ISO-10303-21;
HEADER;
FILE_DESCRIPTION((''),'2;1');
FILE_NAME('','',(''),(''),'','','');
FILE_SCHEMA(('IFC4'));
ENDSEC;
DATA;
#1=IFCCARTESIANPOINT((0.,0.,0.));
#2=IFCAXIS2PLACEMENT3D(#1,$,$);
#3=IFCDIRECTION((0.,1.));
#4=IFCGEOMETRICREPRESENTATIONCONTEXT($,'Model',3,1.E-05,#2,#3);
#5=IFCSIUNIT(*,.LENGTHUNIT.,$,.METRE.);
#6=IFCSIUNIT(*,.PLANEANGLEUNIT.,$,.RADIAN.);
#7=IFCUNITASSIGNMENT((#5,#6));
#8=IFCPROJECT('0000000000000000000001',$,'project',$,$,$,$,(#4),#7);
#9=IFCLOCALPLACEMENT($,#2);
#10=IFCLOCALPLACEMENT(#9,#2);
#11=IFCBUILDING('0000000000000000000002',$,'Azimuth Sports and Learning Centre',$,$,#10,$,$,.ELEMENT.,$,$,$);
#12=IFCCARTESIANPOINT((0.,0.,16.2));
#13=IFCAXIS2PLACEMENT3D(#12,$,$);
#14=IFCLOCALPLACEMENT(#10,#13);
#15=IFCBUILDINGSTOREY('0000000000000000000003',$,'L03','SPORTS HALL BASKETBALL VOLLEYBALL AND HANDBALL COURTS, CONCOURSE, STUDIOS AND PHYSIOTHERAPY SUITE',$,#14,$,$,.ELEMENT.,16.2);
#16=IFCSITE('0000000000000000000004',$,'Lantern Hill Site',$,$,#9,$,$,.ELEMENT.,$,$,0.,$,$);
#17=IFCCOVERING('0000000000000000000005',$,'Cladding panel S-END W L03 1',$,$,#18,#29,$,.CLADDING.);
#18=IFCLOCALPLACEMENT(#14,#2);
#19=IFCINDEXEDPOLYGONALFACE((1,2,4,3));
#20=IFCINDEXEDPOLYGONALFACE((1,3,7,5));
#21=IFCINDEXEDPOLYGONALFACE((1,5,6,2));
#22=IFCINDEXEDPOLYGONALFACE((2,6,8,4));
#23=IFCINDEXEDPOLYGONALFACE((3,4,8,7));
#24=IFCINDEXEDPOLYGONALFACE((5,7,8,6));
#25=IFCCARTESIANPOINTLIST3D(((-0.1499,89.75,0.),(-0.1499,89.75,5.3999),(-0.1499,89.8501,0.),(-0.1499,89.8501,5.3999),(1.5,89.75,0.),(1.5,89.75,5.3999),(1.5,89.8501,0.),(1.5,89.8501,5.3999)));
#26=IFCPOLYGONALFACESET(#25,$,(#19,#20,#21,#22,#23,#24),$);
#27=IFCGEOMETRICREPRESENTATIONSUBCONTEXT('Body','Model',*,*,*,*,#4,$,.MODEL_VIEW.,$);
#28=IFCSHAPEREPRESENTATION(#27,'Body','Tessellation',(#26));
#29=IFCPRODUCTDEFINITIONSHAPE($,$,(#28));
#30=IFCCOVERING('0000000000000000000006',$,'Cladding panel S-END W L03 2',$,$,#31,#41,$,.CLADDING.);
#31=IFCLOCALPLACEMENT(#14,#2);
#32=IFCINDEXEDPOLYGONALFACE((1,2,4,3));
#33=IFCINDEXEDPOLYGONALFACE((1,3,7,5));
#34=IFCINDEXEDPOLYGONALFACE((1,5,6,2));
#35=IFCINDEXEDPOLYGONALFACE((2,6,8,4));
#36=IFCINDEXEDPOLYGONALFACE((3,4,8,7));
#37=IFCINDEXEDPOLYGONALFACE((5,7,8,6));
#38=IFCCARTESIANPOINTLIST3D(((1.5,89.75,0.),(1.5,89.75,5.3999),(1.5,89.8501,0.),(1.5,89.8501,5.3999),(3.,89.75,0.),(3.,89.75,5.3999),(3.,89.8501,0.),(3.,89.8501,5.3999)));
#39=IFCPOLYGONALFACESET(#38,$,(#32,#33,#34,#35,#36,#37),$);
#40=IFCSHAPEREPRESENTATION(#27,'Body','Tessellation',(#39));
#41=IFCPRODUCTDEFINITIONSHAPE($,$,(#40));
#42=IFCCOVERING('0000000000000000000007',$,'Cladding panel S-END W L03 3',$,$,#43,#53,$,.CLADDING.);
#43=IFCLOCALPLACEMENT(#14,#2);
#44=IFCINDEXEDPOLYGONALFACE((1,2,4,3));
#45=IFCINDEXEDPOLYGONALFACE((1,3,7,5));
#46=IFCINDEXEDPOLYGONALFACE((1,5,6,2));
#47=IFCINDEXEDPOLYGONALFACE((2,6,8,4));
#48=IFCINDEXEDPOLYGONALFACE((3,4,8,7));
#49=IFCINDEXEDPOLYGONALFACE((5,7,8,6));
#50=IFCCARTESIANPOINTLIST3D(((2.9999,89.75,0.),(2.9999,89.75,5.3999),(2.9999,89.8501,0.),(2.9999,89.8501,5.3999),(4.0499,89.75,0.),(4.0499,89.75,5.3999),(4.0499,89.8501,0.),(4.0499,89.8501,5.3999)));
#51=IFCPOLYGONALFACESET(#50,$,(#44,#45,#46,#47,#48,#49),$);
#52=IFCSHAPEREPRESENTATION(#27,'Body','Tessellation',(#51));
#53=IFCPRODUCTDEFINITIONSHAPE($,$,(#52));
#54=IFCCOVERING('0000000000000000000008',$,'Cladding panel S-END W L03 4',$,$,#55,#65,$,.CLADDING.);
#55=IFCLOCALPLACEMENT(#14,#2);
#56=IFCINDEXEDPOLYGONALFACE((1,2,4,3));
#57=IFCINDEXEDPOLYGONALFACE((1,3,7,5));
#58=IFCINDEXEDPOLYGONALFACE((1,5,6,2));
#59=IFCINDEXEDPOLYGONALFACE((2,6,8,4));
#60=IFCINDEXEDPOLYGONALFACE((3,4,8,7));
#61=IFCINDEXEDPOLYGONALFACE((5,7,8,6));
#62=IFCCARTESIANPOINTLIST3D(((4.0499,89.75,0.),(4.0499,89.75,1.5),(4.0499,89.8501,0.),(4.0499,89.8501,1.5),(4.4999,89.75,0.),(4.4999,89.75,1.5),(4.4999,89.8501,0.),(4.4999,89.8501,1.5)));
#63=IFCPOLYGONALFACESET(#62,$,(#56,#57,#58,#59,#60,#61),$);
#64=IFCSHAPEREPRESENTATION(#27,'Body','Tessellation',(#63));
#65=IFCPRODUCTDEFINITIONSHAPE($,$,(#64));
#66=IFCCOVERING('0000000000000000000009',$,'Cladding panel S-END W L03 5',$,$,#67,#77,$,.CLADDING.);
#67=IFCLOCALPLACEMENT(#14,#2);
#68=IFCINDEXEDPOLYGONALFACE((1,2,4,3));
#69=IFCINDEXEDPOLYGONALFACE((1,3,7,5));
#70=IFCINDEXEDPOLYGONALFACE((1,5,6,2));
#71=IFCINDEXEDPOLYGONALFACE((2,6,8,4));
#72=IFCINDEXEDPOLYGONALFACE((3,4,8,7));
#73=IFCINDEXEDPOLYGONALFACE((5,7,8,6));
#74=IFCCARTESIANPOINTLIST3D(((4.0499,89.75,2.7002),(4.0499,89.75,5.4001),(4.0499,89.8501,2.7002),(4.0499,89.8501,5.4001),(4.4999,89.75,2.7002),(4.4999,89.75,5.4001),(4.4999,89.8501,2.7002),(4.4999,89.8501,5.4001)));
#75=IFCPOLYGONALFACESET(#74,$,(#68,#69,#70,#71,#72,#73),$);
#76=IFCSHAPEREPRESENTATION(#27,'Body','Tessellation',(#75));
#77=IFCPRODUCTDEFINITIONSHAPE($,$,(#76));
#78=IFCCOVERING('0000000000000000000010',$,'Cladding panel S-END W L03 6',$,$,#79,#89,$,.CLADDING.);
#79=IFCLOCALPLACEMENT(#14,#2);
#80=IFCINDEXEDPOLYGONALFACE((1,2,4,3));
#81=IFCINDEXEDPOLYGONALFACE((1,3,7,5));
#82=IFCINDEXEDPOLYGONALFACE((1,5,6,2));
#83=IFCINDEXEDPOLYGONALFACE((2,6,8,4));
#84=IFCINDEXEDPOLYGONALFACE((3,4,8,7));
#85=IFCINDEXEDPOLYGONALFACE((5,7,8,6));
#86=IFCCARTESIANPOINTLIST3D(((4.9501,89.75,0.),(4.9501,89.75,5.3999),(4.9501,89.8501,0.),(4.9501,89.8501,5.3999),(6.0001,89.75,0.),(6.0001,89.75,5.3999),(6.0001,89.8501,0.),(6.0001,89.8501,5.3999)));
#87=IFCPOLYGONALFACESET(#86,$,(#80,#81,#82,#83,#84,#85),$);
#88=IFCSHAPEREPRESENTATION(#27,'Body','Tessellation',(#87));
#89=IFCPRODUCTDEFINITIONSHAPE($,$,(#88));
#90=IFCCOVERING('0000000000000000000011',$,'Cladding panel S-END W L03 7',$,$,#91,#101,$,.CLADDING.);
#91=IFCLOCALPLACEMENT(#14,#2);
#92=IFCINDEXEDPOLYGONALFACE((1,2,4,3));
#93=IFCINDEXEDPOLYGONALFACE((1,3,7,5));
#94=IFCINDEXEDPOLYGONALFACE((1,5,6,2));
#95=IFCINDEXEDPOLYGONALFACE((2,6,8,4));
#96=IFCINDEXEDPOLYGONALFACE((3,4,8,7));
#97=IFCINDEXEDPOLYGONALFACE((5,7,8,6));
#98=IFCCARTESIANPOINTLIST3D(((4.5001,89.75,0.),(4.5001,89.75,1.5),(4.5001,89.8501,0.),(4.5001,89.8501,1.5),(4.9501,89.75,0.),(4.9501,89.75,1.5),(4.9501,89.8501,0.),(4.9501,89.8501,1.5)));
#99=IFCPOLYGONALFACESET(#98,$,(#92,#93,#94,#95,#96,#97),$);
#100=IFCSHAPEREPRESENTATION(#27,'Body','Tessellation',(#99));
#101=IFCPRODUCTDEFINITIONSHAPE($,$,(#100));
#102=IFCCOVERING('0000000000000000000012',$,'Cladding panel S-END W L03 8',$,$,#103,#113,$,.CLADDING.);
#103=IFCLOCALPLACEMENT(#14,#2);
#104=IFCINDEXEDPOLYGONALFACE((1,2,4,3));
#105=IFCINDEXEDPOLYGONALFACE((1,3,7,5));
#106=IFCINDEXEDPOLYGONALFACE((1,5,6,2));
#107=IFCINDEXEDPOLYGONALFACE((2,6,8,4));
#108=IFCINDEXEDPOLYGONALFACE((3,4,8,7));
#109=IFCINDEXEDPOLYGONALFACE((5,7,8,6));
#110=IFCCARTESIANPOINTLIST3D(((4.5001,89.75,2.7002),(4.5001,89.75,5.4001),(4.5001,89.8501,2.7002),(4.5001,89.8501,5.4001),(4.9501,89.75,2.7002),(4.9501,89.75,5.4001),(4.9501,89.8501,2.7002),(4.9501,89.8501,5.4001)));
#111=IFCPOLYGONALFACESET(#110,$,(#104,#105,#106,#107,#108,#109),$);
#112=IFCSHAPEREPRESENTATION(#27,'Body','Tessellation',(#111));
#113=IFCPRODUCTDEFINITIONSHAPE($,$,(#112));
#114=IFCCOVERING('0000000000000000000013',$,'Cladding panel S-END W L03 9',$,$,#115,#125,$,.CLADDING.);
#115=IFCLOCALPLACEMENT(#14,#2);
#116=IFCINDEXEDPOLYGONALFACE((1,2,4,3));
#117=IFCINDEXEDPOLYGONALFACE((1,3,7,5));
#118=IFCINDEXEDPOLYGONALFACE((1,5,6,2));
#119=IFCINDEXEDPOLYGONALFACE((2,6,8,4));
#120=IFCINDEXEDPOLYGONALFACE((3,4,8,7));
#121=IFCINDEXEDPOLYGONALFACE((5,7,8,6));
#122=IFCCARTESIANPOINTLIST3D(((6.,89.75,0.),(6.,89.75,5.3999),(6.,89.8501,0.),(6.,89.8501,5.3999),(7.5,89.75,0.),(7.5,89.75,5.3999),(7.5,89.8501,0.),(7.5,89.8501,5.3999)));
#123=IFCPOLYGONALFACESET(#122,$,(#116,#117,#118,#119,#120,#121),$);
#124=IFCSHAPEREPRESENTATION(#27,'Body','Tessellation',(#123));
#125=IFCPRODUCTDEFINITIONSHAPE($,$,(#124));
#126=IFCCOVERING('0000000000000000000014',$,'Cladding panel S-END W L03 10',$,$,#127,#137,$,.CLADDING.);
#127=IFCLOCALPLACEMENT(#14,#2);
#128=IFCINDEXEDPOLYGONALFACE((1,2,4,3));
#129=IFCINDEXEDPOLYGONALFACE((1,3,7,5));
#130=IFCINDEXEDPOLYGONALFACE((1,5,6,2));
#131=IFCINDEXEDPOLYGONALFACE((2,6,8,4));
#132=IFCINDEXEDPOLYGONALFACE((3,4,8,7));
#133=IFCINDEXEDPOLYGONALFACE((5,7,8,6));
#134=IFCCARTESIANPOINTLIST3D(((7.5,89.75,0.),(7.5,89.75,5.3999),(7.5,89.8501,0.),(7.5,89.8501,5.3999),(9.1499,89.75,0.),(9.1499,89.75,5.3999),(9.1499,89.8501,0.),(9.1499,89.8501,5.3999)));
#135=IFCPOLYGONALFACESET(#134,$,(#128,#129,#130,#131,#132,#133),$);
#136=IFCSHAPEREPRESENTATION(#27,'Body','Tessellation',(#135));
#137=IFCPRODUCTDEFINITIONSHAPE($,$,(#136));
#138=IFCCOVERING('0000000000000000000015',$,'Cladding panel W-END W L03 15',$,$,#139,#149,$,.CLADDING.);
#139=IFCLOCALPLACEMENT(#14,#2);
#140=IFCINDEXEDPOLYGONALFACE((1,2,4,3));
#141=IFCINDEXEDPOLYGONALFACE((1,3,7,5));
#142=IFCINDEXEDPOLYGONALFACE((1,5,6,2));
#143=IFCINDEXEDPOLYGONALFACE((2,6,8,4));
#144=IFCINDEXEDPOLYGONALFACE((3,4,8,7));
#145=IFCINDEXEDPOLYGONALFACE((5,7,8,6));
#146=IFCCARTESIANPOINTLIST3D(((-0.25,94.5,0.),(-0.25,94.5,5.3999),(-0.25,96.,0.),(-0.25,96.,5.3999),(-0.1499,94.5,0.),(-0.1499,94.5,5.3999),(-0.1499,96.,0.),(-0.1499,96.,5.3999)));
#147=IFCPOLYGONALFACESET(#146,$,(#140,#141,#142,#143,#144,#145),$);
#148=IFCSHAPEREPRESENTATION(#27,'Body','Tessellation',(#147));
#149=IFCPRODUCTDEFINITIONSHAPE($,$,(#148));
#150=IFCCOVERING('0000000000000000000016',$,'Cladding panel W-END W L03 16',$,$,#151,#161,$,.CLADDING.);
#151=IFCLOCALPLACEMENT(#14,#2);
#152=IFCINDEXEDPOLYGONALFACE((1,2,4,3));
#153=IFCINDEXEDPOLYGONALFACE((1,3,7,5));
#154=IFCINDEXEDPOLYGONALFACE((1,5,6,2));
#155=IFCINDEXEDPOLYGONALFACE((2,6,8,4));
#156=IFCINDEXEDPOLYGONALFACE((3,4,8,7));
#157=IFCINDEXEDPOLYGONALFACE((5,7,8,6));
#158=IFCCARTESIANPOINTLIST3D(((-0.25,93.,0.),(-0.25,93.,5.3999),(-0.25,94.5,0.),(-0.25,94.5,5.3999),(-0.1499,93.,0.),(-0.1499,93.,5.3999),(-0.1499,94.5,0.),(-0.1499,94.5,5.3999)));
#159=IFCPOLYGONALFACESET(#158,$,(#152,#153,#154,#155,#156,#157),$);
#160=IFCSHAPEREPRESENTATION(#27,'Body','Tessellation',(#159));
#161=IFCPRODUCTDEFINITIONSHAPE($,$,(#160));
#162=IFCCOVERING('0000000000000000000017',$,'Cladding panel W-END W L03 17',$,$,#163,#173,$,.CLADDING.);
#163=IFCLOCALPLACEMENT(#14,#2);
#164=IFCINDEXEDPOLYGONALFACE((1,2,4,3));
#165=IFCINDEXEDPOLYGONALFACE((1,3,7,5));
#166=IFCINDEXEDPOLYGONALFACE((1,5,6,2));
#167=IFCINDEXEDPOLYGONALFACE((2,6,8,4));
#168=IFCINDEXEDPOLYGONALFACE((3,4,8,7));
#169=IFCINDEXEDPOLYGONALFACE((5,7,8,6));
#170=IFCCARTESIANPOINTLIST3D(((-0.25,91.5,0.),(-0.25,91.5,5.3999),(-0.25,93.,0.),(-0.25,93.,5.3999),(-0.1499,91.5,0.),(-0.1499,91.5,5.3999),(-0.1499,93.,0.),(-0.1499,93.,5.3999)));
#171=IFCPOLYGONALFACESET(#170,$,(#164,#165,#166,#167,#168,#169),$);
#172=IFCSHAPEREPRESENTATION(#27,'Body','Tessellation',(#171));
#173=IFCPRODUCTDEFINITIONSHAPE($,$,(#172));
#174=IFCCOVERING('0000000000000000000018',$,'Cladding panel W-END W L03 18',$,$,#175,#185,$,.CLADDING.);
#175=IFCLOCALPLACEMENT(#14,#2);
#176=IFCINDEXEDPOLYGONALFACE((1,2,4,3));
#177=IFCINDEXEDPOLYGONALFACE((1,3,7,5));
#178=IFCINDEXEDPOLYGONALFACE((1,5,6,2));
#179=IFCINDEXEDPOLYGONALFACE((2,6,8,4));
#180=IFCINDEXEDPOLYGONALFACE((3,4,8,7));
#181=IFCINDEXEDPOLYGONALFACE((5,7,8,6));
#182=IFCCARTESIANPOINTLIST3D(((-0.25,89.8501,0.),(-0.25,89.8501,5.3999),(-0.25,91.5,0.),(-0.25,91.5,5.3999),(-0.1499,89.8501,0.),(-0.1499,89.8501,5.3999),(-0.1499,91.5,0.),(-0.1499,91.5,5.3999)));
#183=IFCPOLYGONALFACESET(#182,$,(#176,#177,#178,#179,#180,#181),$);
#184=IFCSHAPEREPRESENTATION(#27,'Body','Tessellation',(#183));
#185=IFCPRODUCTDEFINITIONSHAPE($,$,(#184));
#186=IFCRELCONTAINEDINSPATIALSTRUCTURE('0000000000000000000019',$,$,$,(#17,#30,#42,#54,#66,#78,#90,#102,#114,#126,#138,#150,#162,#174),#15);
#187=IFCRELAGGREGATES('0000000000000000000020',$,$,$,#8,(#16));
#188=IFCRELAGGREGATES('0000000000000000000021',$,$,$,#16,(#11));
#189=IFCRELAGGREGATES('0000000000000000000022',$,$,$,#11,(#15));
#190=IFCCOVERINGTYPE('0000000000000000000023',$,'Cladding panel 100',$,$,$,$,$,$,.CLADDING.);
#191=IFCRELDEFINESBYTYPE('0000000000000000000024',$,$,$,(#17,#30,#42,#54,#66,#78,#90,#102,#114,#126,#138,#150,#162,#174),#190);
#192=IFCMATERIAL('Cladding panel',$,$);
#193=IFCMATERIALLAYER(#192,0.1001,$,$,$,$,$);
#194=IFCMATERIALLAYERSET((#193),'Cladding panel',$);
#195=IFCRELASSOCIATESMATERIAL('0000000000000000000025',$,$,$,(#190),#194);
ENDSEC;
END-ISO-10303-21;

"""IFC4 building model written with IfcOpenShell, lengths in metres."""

from ifc_helpers import new_model, si_unit, direction, frame, origin, origin_2d, place, context, subcontext, project, spatial, rectangle, extrude, material, layer, layer_set, type_object, element, save


model = new_model("IFC4")

# Units and contexts
model_context = context("Model", 3, precision=1e-05, world=origin(), true_north=direction((0.0, 1.0)))
body_context = subcontext(model_context, "Body", "Model", "MODEL_VIEW")
ifc_project = project(units=[si_unit("LENGTHUNIT", "METRE"), si_unit("PLANEANGLEUNIT", "RADIAN")], contexts=[model_context])

# Site, building, storey
site_placement = place(None, origin())
site = spatial("IfcSite", under=ifc_project, at=site_placement, Name="Lantern Hill Site", CompositionType="ELEMENT", RefElevation=0.0)
building_placement = place(site_placement, origin())
building = spatial("IfcBuilding", under=site, at=building_placement, Name="Azimuth Sports and Learning Centre", CompositionType="ELEMENT")
storey_placement = place(building_placement, frame((0.0, 0.0, 16.2)))
storey = spatial("IfcBuildingStorey", under=building, at=storey_placement, Name="L03", Description="SPORTS HALL BASKETBALL VOLLEYBALL AND HANDBALL COURTS, CONCOURSE, STUDIOS AND PHYSIOTHERAPY SUITE", CompositionType="ELEMENT", Elevation=16.2)

# Coverings
ifc_material_1 = material(Name="Cladding panel")
ifc_layer_1 = layer(ifc_material_1, 0.1001)
ifc_layer_set_1 = layer_set([ifc_layer_1], Name="Cladding panel")
covering_type = type_object("IfcCoveringType", Name="Cladding panel 100", PredefinedType="CLADDING", material=ifc_layer_set_1)
covering_1_placement = place(storey_placement, frame((0.675, 89.8, 0.0), z_axis=(0.0, 0.0, 1.0), x_axis=(1.0, 0.0, 0.0)))
element("IfcCovering", 1, at=covering_1_placement, inside=storey, type_object=covering_type, Name="Cladding panel S-END W L03 1", PredefinedType="CLADDING", context=body_context, shape_type="SweptSolid", body=[
    extrude(rectangle(XDim=1.6499, YDim=0.1001, at=origin_2d()), origin(), (0.0, 0.0, 1.0), 5.3999),
])
covering_2_placement = place(storey_placement, frame((2.25, 89.8, 0.0), z_axis=(0.0, 0.0, 1.0), x_axis=(1.0, 0.0, 0.0)))
element("IfcCovering", 2, at=covering_2_placement, inside=storey, type_object=covering_type, Name="Cladding panel S-END W L03 2", PredefinedType="CLADDING", context=body_context, shape_type="SweptSolid", body=[
    extrude(rectangle(XDim=1.5, YDim=0.1001, at=origin_2d()), origin(), (0.0, 0.0, 1.0), 5.3999),
])
covering_3_placement = place(storey_placement, frame((3.5249, 89.8, 0.0), z_axis=(0.0, 0.0, 1.0), x_axis=(1.0, 0.0, 0.0)))
element("IfcCovering", 3, at=covering_3_placement, inside=storey, type_object=covering_type, Name="Cladding panel S-END W L03 3", PredefinedType="CLADDING", context=body_context, shape_type="SweptSolid", body=[
    extrude(rectangle(XDim=1.05, YDim=0.1001, at=origin_2d()), origin(), (0.0, 0.0, 1.0), 5.3999),
])
covering_4_placement = place(storey_placement, frame((4.2749, 89.8, 0.0), z_axis=(0.0, 0.0, 1.0), x_axis=(1.0, 0.0, 0.0)))
element("IfcCovering", 4, at=covering_4_placement, inside=storey, type_object=covering_type, Name="Cladding panel S-END W L03 4", PredefinedType="CLADDING", context=body_context, shape_type="SweptSolid", body=[
    extrude(rectangle(XDim=0.45, YDim=0.1001, at=origin_2d()), origin(), (0.0, 0.0, 1.0), 1.5),
])
covering_5_placement = place(storey_placement, frame((4.2749, 89.8, 2.7002), z_axis=(0.0, 0.0, 1.0), x_axis=(1.0, 0.0, 0.0)))
element("IfcCovering", 5, at=covering_5_placement, inside=storey, type_object=covering_type, Name="Cladding panel S-END W L03 5", PredefinedType="CLADDING", context=body_context, shape_type="SweptSolid", body=[
    extrude(rectangle(XDim=0.45, YDim=0.1001, at=origin_2d()), origin(), (0.0, 0.0, 1.0), 2.7),
])
covering_6_placement = place(storey_placement, frame((5.4751, 89.8, 0.0), z_axis=(0.0, 0.0, 1.0), x_axis=(1.0, 0.0, 0.0)))
element("IfcCovering", 6, at=covering_6_placement, inside=storey, type_object=covering_type, Name="Cladding panel S-END W L03 6", PredefinedType="CLADDING", context=body_context, shape_type="SweptSolid", body=[
    extrude(rectangle(XDim=1.05, YDim=0.1001, at=origin_2d()), origin(), (0.0, 0.0, 1.0), 5.3999),
])
covering_7_placement = place(storey_placement, frame((4.7251, 89.8, 0.0), z_axis=(0.0, 0.0, 1.0), x_axis=(1.0, 0.0, 0.0)))
element("IfcCovering", 7, at=covering_7_placement, inside=storey, type_object=covering_type, Name="Cladding panel S-END W L03 7", PredefinedType="CLADDING", context=body_context, shape_type="SweptSolid", body=[
    extrude(rectangle(XDim=0.45, YDim=0.1001, at=origin_2d()), origin(), (0.0, 0.0, 1.0), 1.5),
])
covering_8_placement = place(storey_placement, frame((4.7251, 89.8, 2.7002), z_axis=(0.0, 0.0, 1.0), x_axis=(1.0, 0.0, 0.0)))
element("IfcCovering", 8, at=covering_8_placement, inside=storey, type_object=covering_type, Name="Cladding panel S-END W L03 8", PredefinedType="CLADDING", context=body_context, shape_type="SweptSolid", body=[
    extrude(rectangle(XDim=0.45, YDim=0.1001, at=origin_2d()), origin(), (0.0, 0.0, 1.0), 2.7),
])
covering_9_placement = place(storey_placement, frame((6.75, 89.8, 0.0), z_axis=(0.0, 0.0, 1.0), x_axis=(1.0, 0.0, 0.0)))
element("IfcCovering", 9, at=covering_9_placement, inside=storey, type_object=covering_type, Name="Cladding panel S-END W L03 9", PredefinedType="CLADDING", context=body_context, shape_type="SweptSolid", body=[
    extrude(rectangle(XDim=1.5, YDim=0.1001, at=origin_2d()), origin(), (0.0, 0.0, 1.0), 5.3999),
])
covering_10_placement = place(storey_placement, frame((8.325, 89.8, 0.0), z_axis=(0.0, 0.0, 1.0), x_axis=(1.0, 0.0, 0.0)))
element("IfcCovering", 10, at=covering_10_placement, inside=storey, type_object=covering_type, Name="Cladding panel S-END W L03 10", PredefinedType="CLADDING", context=body_context, shape_type="SweptSolid", body=[
    extrude(rectangle(XDim=1.6499, YDim=0.1001, at=origin_2d()), origin(), (0.0, 0.0, 1.0), 5.3999),
])
for number, where, z_axis, x_axis, name in (
    (11, (-0.2, 95.25, 0.0), (0.0, 0.0, 1.0), (0.0, -1.0, 0.0), "Cladding panel W-END W L03 15"),
    (12, (-0.2, 93.75, 0.0), (0.0, 0.0, 1.0), (0.0, -1.0, 0.0), "Cladding panel W-END W L03 16"),
    (13, (-0.2, 92.25, 0.0), (0.0, 0.0, 1.0), (0.0, -1.0, 0.0), "Cladding panel W-END W L03 17"),
):
    element("IfcCovering", number, at=place(storey_placement, frame(where, z_axis=z_axis, x_axis=x_axis)), inside=storey, type_object=covering_type, Name=name, PredefinedType="CLADDING", context=body_context, shape_type="SweptSolid", body=[
        extrude(rectangle(XDim=1.5, YDim=0.1001, at=origin_2d()), origin(), (0.0, 0.0, 1.0), 5.3999),
    ])
covering_11_placement = place(storey_placement, frame((-0.2, 90.675, 0.0), z_axis=(0.0, 0.0, 1.0), x_axis=(0.0, -1.0, 0.0)))
element("IfcCovering", 14, at=covering_11_placement, inside=storey, type_object=covering_type, Name="Cladding panel W-END W L03 18", PredefinedType="CLADDING", context=body_context, shape_type="SweptSolid", body=[
    extrude(rectangle(XDim=1.6499, YDim=0.1001, at=origin_2d()), origin(), (0.0, 0.0, 1.0), 5.3999),
])

save(model, "model.ifc")
